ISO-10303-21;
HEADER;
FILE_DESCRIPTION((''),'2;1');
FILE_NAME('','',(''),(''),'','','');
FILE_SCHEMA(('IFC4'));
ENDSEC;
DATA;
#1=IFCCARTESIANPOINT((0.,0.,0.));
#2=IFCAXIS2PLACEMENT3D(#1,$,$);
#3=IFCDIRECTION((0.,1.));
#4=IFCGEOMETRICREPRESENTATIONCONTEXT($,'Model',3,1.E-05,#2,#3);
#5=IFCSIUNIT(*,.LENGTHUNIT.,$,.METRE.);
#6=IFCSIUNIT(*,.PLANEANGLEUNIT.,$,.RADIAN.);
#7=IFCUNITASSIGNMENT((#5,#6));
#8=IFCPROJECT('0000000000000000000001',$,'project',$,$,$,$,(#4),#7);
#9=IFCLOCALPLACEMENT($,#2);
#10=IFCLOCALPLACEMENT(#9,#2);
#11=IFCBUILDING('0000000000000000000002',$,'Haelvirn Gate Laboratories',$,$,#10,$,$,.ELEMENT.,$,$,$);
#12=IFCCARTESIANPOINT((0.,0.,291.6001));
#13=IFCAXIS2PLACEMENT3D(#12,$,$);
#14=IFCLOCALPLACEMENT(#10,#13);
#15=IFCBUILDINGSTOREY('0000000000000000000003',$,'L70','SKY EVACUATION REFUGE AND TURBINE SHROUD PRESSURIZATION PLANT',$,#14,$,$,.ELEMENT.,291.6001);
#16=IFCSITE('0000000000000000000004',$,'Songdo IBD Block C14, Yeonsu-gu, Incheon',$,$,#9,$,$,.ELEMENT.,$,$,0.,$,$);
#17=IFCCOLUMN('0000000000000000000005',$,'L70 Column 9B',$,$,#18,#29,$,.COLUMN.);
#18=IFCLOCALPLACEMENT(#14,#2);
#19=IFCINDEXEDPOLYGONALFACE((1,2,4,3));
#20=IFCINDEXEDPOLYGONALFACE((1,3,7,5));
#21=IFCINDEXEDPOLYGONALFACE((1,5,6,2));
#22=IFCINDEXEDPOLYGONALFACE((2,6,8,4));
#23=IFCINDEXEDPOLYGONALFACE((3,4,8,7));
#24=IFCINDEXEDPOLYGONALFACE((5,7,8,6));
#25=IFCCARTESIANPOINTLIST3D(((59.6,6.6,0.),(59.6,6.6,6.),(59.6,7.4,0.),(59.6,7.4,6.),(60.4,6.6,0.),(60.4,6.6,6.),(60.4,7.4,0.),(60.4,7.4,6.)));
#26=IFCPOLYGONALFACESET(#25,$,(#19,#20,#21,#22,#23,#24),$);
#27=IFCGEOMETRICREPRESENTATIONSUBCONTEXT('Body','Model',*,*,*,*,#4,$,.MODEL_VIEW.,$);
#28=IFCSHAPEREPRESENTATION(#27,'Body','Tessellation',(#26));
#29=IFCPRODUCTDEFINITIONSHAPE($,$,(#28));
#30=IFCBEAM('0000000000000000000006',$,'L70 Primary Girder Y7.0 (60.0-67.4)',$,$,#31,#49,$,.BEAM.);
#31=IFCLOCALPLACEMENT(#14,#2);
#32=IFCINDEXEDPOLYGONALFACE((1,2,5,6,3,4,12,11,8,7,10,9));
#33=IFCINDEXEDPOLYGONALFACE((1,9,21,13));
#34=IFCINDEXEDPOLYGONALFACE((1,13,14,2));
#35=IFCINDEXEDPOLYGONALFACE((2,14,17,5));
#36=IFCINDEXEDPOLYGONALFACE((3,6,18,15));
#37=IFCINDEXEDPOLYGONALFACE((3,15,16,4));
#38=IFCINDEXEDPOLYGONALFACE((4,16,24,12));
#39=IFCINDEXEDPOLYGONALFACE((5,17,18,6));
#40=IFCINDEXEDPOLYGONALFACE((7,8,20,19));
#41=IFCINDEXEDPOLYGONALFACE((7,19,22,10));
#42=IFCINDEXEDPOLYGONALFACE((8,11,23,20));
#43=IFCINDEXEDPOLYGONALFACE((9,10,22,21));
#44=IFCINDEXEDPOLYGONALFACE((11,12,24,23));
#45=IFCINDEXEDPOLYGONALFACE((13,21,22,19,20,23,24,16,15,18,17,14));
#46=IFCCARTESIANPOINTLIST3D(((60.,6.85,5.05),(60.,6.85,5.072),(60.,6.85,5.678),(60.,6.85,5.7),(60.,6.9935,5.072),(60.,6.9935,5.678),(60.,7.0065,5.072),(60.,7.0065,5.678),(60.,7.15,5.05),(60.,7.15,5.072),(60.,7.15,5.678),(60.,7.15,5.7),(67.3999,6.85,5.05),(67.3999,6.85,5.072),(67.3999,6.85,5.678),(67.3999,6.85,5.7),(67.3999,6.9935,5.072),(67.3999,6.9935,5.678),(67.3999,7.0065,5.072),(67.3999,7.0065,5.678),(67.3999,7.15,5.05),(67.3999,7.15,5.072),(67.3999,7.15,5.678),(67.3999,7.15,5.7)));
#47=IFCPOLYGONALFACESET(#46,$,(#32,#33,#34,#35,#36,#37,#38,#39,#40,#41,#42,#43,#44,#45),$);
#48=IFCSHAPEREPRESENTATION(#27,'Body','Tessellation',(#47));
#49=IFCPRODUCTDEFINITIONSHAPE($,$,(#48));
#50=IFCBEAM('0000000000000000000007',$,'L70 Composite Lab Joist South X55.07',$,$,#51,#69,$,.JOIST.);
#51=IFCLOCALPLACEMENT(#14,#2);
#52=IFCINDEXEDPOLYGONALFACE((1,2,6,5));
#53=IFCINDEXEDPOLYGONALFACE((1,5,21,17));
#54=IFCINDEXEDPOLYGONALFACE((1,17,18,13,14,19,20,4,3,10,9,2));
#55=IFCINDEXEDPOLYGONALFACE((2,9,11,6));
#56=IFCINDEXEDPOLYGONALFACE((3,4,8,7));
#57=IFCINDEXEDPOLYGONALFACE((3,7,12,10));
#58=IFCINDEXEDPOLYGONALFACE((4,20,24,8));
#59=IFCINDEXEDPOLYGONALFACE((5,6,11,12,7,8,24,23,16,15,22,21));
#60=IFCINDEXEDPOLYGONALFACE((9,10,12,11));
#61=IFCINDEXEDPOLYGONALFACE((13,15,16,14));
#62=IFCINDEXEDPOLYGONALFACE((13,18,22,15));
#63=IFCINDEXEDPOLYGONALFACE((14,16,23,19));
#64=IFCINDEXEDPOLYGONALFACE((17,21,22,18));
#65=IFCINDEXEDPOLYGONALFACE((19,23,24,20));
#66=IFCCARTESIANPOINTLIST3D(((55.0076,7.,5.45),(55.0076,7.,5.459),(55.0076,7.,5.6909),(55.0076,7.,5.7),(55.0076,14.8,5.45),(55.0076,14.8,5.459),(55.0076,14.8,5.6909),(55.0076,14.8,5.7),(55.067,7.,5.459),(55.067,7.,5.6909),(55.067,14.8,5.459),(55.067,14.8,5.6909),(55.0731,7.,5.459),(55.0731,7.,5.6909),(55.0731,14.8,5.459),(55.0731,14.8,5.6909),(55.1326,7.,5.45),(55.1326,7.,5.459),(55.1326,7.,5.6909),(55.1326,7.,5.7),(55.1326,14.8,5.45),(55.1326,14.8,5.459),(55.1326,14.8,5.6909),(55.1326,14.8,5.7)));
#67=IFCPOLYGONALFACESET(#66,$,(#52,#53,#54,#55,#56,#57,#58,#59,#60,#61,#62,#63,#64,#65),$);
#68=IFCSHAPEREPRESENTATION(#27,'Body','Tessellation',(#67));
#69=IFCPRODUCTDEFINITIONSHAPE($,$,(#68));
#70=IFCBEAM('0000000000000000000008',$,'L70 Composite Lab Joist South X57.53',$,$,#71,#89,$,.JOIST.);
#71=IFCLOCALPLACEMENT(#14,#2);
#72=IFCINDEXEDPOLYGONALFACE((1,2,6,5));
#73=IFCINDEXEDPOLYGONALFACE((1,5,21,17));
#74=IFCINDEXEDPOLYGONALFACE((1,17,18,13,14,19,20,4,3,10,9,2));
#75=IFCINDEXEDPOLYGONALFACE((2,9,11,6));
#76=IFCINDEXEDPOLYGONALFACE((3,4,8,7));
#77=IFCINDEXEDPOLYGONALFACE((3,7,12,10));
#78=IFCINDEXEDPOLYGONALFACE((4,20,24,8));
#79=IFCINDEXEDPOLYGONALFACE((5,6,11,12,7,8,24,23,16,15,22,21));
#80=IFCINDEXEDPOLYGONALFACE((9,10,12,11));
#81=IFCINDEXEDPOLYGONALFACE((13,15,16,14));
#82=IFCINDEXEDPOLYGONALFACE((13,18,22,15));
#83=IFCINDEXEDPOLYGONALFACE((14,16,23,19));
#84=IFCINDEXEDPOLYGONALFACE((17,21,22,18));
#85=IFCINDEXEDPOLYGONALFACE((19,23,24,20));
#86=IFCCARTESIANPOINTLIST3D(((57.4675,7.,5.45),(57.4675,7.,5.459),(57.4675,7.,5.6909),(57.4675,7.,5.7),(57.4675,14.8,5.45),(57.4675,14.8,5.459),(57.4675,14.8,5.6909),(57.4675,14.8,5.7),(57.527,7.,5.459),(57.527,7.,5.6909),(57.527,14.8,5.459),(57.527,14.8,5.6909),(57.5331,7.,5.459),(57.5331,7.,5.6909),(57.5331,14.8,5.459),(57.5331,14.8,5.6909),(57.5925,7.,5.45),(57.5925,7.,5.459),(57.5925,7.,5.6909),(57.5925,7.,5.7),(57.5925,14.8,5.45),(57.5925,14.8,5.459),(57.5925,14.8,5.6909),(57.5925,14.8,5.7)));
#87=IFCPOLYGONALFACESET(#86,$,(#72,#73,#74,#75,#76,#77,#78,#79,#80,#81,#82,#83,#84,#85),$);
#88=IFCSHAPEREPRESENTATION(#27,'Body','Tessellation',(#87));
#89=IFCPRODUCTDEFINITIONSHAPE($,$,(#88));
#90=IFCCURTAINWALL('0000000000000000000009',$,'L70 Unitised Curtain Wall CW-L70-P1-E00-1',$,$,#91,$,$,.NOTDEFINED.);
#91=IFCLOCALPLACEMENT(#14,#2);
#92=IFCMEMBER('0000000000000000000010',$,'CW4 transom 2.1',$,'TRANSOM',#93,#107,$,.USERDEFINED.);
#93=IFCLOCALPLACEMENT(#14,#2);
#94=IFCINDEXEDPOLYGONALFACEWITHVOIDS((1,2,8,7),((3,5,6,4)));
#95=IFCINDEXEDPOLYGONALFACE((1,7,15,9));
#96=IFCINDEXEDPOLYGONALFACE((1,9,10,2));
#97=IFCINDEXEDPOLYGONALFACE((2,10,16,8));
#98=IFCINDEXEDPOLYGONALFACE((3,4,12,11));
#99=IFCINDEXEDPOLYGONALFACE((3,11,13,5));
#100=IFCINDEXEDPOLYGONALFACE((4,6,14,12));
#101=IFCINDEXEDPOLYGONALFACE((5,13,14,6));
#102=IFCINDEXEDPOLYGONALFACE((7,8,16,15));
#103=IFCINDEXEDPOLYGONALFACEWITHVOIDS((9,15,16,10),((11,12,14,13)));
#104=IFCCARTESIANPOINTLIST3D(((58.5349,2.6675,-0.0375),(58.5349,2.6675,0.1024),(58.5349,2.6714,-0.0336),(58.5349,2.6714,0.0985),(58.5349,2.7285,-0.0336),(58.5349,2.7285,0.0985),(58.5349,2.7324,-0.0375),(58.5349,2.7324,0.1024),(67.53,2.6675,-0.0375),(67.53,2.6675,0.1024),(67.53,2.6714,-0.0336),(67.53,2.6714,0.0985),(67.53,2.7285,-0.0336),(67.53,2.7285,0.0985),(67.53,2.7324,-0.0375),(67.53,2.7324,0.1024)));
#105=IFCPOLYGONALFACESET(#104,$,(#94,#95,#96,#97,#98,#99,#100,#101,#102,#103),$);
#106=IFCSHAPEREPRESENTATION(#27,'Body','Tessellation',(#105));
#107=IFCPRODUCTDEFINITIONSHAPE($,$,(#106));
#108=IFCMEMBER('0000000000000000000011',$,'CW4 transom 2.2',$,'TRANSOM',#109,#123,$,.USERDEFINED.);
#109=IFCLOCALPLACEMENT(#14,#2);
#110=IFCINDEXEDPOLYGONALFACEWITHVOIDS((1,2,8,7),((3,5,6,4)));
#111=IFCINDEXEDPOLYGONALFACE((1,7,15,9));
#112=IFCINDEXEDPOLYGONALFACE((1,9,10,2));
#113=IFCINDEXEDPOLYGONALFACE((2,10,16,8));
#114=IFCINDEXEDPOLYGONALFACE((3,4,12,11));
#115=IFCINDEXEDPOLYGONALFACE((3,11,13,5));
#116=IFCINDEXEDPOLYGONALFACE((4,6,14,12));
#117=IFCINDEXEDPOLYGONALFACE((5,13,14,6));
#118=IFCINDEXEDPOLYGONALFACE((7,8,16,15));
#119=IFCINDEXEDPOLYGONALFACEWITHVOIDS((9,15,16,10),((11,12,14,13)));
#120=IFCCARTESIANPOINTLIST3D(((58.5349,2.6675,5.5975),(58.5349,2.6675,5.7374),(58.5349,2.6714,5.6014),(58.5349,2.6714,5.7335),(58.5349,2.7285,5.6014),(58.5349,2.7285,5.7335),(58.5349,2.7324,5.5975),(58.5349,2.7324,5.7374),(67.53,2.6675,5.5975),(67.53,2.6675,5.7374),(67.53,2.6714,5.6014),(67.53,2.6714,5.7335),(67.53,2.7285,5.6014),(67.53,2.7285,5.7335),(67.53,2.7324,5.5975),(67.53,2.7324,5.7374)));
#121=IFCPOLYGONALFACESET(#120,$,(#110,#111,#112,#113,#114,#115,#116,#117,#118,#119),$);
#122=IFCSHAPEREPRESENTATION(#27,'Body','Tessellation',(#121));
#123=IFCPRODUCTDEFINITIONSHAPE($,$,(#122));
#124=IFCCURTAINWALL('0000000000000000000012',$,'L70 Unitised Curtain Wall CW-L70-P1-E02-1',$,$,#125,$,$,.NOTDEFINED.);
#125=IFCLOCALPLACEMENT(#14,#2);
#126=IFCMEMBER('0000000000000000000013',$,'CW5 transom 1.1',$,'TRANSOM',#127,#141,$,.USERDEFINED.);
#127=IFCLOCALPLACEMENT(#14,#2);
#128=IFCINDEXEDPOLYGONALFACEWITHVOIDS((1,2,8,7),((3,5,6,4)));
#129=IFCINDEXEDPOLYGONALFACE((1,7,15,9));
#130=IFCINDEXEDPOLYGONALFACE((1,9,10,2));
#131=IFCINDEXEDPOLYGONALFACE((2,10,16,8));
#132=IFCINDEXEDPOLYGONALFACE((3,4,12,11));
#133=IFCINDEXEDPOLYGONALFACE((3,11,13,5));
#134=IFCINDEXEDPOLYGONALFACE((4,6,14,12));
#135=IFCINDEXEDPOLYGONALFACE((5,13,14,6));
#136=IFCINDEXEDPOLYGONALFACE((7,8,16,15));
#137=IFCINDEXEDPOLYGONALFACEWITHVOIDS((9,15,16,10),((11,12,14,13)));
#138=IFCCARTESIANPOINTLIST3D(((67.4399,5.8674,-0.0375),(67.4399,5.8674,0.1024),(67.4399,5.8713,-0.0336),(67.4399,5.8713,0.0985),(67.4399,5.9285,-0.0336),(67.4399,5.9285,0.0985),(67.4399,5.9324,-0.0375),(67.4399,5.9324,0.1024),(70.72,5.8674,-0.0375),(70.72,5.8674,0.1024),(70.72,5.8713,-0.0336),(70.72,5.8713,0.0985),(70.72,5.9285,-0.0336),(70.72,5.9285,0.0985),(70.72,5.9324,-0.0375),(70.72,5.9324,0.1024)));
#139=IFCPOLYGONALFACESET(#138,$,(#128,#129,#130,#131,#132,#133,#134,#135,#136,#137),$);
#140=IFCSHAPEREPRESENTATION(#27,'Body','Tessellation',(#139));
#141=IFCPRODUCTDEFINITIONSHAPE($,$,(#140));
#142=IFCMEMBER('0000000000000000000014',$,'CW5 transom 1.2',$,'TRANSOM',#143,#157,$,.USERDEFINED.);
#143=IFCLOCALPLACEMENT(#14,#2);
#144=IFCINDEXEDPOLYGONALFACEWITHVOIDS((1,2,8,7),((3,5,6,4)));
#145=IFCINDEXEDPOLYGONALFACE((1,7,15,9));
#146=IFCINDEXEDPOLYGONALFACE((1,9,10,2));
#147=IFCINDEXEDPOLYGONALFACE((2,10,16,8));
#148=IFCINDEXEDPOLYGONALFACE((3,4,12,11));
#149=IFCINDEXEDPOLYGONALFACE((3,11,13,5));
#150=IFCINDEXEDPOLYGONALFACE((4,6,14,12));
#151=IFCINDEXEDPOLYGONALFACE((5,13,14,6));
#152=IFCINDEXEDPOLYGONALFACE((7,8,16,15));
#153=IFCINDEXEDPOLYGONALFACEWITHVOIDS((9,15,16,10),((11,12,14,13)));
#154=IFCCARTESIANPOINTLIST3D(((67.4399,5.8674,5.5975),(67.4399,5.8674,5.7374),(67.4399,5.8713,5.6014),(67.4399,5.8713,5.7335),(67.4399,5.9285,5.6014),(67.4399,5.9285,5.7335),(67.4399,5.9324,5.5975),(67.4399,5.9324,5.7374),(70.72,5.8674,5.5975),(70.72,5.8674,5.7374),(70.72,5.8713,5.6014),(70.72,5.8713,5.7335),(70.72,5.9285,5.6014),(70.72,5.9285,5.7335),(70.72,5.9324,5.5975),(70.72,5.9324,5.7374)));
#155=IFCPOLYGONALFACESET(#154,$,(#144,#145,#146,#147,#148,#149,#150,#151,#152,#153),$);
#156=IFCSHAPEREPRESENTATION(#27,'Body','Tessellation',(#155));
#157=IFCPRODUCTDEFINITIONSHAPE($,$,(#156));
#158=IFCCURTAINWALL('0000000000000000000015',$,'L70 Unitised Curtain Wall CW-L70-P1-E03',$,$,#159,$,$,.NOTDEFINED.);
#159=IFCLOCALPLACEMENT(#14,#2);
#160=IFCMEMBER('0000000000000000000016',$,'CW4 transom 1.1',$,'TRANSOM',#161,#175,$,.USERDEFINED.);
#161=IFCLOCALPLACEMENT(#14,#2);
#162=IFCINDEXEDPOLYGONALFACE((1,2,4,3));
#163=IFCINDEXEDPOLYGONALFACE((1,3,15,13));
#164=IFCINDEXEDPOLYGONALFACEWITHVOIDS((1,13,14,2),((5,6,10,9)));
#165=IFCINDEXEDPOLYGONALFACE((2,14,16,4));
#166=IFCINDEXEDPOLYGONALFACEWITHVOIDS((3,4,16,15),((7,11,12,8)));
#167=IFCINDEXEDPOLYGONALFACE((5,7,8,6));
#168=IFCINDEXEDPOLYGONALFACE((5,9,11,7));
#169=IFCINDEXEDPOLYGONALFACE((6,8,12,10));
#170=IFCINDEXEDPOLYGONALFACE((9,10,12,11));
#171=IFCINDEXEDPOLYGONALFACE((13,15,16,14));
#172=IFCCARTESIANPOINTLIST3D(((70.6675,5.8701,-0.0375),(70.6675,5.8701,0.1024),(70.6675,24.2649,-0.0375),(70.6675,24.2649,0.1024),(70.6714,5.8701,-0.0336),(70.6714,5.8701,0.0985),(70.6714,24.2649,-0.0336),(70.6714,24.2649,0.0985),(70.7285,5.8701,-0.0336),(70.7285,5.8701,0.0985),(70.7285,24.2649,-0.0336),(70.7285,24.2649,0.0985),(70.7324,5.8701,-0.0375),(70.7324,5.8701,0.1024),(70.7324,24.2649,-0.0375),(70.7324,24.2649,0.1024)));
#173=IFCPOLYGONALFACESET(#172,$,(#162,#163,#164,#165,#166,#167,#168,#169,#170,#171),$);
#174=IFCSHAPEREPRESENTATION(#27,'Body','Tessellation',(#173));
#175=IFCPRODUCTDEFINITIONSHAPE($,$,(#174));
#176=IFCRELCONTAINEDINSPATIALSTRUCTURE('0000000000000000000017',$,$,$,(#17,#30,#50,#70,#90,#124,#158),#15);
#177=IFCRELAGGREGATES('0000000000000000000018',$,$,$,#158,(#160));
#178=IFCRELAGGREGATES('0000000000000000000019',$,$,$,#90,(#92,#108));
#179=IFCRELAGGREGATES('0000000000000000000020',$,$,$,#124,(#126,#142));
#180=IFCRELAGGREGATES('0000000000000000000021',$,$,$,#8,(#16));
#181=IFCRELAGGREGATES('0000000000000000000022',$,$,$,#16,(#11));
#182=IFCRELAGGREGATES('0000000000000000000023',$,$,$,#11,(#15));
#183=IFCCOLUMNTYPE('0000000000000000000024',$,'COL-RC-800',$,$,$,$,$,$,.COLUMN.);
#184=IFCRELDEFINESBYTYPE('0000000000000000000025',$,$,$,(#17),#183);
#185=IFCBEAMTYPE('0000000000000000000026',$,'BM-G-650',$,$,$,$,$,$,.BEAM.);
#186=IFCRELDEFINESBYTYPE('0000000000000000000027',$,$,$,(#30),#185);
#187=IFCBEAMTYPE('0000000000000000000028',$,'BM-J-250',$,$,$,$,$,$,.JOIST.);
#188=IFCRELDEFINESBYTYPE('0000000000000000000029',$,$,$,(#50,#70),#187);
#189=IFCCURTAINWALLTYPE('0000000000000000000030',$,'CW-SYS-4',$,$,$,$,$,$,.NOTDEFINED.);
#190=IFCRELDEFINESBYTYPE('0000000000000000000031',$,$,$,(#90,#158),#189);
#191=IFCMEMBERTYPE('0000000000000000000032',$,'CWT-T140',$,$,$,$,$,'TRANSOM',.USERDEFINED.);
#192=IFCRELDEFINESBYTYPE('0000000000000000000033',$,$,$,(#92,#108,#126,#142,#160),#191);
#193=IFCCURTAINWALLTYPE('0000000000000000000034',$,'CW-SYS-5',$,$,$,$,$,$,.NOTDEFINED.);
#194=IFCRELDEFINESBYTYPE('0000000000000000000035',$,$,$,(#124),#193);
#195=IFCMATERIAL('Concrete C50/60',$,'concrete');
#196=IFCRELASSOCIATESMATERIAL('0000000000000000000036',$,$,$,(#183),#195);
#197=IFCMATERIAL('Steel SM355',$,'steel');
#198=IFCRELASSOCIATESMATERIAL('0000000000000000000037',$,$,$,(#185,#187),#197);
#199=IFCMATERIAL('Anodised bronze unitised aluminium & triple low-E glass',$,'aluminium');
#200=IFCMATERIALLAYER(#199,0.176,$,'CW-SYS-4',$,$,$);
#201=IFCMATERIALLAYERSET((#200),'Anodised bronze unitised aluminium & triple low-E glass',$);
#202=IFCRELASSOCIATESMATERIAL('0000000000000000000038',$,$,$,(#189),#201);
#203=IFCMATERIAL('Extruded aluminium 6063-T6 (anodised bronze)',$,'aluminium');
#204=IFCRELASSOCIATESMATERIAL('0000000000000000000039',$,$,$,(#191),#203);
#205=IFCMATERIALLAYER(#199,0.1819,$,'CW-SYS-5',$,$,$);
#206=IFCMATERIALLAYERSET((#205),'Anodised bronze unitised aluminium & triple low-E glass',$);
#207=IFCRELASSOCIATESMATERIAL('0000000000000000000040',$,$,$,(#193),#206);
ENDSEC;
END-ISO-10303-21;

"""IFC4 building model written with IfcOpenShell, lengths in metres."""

from ifc_helpers import new_model, si_unit, direction, frame, origin, origin_2d, place, context, subcontext, project, spatial, rectangle, hollow_rectangle, i_section, extrude, source, transform, mapped, material, layer, layer_set, material_profile, profile_set, type_object, type_shapes, element, aggregate, save


model = new_model("IFC4")

# Units and contexts
model_context = context("Model", 3, precision=1e-05, world=origin(), true_north=direction((0.0, 1.0)))
body_context = subcontext(model_context, "Body", "Model", "MODEL_VIEW")
ifc_project = project(units=[si_unit("LENGTHUNIT", "METRE"), si_unit("PLANEANGLEUNIT", "RADIAN")], contexts=[model_context])

# Site, building, storey
site_placement = place(None, origin())
site = spatial("IfcSite", under=ifc_project, at=site_placement, Name="Songdo IBD Block C14, Yeonsu-gu, Incheon", CompositionType="ELEMENT", RefElevation=0.0)
building_placement = place(site_placement, origin())
building = spatial("IfcBuilding", under=site, at=building_placement, Name="Haelvirn Gate Laboratories", CompositionType="ELEMENT")
storey_placement = place(building_placement, frame((0.0, 0.0, 291.6001)))
storey = spatial("IfcBuildingStorey", under=building, at=storey_placement, Name="L70", Description="SKY EVACUATION REFUGE AND TURBINE SHROUD PRESSURIZATION PLANT", CompositionType="ELEMENT", Elevation=291.6001)

# Column
ifc_material_1 = material(Name="Concrete C50/60", Category="concrete")
ifc_material_profile_1 = material_profile(ifc_material_1, rectangle(XDim=0.8, YDim=0.8, at=origin_2d()), Name="RC-800x800")
ifc_profile_set_1 = profile_set([ifc_material_profile_1], Name="Concrete C50/60")
column_type = type_object("IfcColumnType", Name="COL-RC-800", PredefinedType="COLUMN", material=ifc_profile_set_1)
shared_shape_1 = source(origin(), body_context, "Body", "SweptSolid", [
    extrude(rectangle(XDim=0.8, YDim=0.8, at=origin_2d()), origin(), (0.0, 0.0, 1.0), 6.0),
])
type_shapes(column_type, [shared_shape_1])
column_placement = place(storey_placement, frame((60.0, 7.0, 0.0), z_axis=(0.0, 0.0, 1.0), x_axis=(1.0, 0.0, 0.0)))
element("IfcColumn", 1, at=column_placement, inside=storey, type_object=column_type, Name="L70 Column 9B", PredefinedType="COLUMN", context=body_context, shape_type="MappedRepresentation", body=[
    mapped(shared_shape_1, transform((0.0, 0.0, 0.0), scale=1.0)),
])

# Beams
ifc_material_2 = material(Name="Steel SM355", Category="steel")
ifc_material_profile_2 = material_profile(ifc_material_2, i_section(OverallWidth=0.3, OverallDepth=0.6499, WebThickness=0.0129, FlangeThickness=0.022, at=origin_2d()), Name="H-650x300x13x22")
ifc_profile_set_2 = profile_set([ifc_material_profile_2], Name="Steel SM355")
beam_type_1 = type_object("IfcBeamType", Name="BM-G-650", PredefinedType="BEAM", material=ifc_profile_set_2)
shared_shape_2 = source(origin(), body_context, "Body", "SweptSolid", [
    extrude(i_section(OverallWidth=0.3, OverallDepth=0.6499, WebThickness=0.0129, FlangeThickness=0.022, at=origin_2d()), origin(), (0.0, 0.0, 1.0), 7.3999),
])
type_shapes(beam_type_1, [shared_shape_2])
beam_placement = place(storey_placement, frame((60.0, 7.0, 5.375), z_axis=(1.0, 0.0, 0.0), x_axis=(0.0, 1.0, 0.0)))
element("IfcBeam", 2, at=beam_placement, inside=storey, type_object=beam_type_1, Name="L70 Primary Girder Y7.0 (60.0-67.4)", PredefinedType="BEAM", context=body_context, shape_type="MappedRepresentation", body=[
    mapped(shared_shape_2, transform((0.0, 0.0, 0.0), scale=1.0)),
])
ifc_material_profile_3 = material_profile(ifc_material_2, i_section(OverallWidth=0.125, OverallDepth=0.25, WebThickness=0.0061, FlangeThickness=0.009, at=origin_2d()), Name="H-250x125x6x9")
ifc_profile_set_3 = profile_set([ifc_material_profile_3], Name="Steel SM355")
beam_type_2 = type_object("IfcBeamType", Name="BM-J-250", PredefinedType="JOIST", material=ifc_profile_set_3)
shared_shape_3 = source(origin(), body_context, "Body", "SweptSolid", [
    extrude(i_section(OverallWidth=0.125, OverallDepth=0.25, WebThickness=0.0061, FlangeThickness=0.009, at=origin_2d()), origin(), (0.0, 0.0, 1.0), 7.8),
])
type_shapes(beam_type_2, [shared_shape_3])
for number, where, z_axis, x_axis, name in (
    (3, (55.0701, 7.0, 5.575), (0.0, 1.0, 0.0), (-1.0, 0.0, 0.0), "L70 Composite Lab Joist South X55.07"),
    (4, (57.53, 7.0, 5.575), (0.0, 1.0, 0.0), (-1.0, 0.0, 0.0), "L70 Composite Lab Joist South X57.53"),
):
    element("IfcBeam", number, at=place(storey_placement, frame(where, z_axis=z_axis, x_axis=x_axis)), inside=storey, type_object=beam_type_2, Name=name, PredefinedType="JOIST", context=body_context, shape_type="MappedRepresentation", body=[
        mapped(shared_shape_3, transform((0.0, 0.0, 0.0), scale=1.0)),
    ])

# Curtain walls, members
ifc_material_3 = material(Name="Anodised bronze unitised aluminium & triple low-E glass", Category="aluminium")
ifc_layer_1 = layer(ifc_material_3, 0.176, Name="CW-SYS-4")
ifc_layer_set_1 = layer_set([ifc_layer_1], Name="Anodised bronze unitised aluminium & triple low-E glass")
curtain_wall_type_1 = type_object("IfcCurtainWallType", Name="CW-SYS-4", PredefinedType="NOTDEFINED", material=ifc_layer_set_1)
curtain_wall_1_placement = place(storey_placement, origin())
curtain_wall_1 = element("IfcCurtainWall", 5, at=curtain_wall_1_placement, inside=storey, type_object=curtain_wall_type_1, Name="L70 Unitised Curtain Wall CW-L70-P1-E00-1", PredefinedType="NOTDEFINED")
ifc_material_4 = material(Name="Extruded aluminium 6063-T6 (anodised bronze)", Category="aluminium")
ifc_material_profile_4 = material_profile(ifc_material_4, hollow_rectangle(XDim=0.0649, YDim=0.1399, WallThickness=0.0039, at=origin_2d()), Name="CWT-140x65x4")
ifc_profile_set_4 = profile_set([ifc_material_profile_4], Name="Extruded aluminium 6063-T6 (anodised bronze)")
member_type_1 = type_object("IfcMemberType", Name="CWT-T140", ElementType="TRANSOM", PredefinedType="USERDEFINED", material=ifc_profile_set_4)
shared_shape_4 = source(origin(), body_context, "Body", "SweptSolid", [
    extrude(hollow_rectangle(XDim=0.0649, YDim=0.1399, WallThickness=0.0039, at=origin_2d()), origin(), (0.0, 0.0, 1.0), 8.9951),
])
member_1_placement = place(storey_placement, frame((58.5349, 2.7, 0.0325), z_axis=(1.0, 0.0, 0.0), x_axis=(0.0, 1.0, 0.0)))
member_1 = element("IfcMember", 6, at=member_1_placement, type_object=member_type_1, Name="CW4 transom 2.1", ObjectType="TRANSOM", PredefinedType="USERDEFINED", context=body_context, shape_type="MappedRepresentation", body=[
    mapped(shared_shape_4, transform((0.0, 0.0, 0.0), scale=1.0)),
])
member_2_placement = place(storey_placement, frame((58.5349, 2.7, 5.6675), z_axis=(1.0, 0.0, 0.0), x_axis=(0.0, 1.0, 0.0)))
member_2 = element("IfcMember", 7, at=member_2_placement, type_object=member_type_1, Name="CW4 transom 2.2", ObjectType="TRANSOM", PredefinedType="USERDEFINED", context=body_context, shape_type="MappedRepresentation", body=[
    mapped(shared_shape_4, transform((0.0, 0.0, 0.0), scale=1.0)),
])
ifc_layer_2 = layer(ifc_material_3, 0.1819, Name="CW-SYS-5")
ifc_layer_set_2 = layer_set([ifc_layer_2], Name="Anodised bronze unitised aluminium & triple low-E glass")
curtain_wall_type_2 = type_object("IfcCurtainWallType", Name="CW-SYS-5", PredefinedType="NOTDEFINED", material=ifc_layer_set_2)
curtain_wall_2_placement = place(storey_placement, origin())
curtain_wall_2 = element("IfcCurtainWall", 8, at=curtain_wall_2_placement, inside=storey, type_object=curtain_wall_type_2, Name="L70 Unitised Curtain Wall CW-L70-P1-E02-1", PredefinedType="NOTDEFINED")
shared_shape_5 = source(origin(), body_context, "Body", "SweptSolid", [
    extrude(hollow_rectangle(XDim=0.0649, YDim=0.1399, WallThickness=0.0039, at=origin_2d()), origin(), (0.0, 0.0, 1.0), 3.28),
])
member_3_placement = place(storey_placement, frame((67.4399, 5.8999, 0.0325), z_axis=(1.0, 0.0, 0.0), x_axis=(0.0, 1.0, 0.0)))
member_3 = element("IfcMember", 9, at=member_3_placement, type_object=member_type_1, Name="CW5 transom 1.1", ObjectType="TRANSOM", PredefinedType="USERDEFINED", context=body_context, shape_type="MappedRepresentation", body=[
    mapped(shared_shape_5, transform((0.0, 0.0, 0.0), scale=1.0)),
])
member_4_placement = place(storey_placement, frame((67.4399, 5.8999, 5.6675), z_axis=(1.0, 0.0, 0.0), x_axis=(0.0, 1.0, 0.0)))
member_4 = element("IfcMember", 10, at=member_4_placement, type_object=member_type_1, Name="CW5 transom 1.2", ObjectType="TRANSOM", PredefinedType="USERDEFINED", context=body_context, shape_type="MappedRepresentation", body=[
    mapped(shared_shape_5, transform((0.0, 0.0, 0.0), scale=1.0)),
])
curtain_wall_3_placement = place(storey_placement, origin())
curtain_wall_3 = element("IfcCurtainWall", 11, at=curtain_wall_3_placement, inside=storey, type_object=curtain_wall_type_1, Name="L70 Unitised Curtain Wall CW-L70-P1-E03", PredefinedType="NOTDEFINED")
shared_shape_6 = source(origin(), body_context, "Body", "SweptSolid", [
    extrude(hollow_rectangle(XDim=0.0649, YDim=0.1399, WallThickness=0.0039, at=origin_2d()), origin(), (0.0, 0.0, 1.0), 18.3948),
])
type_shapes(member_type_1, [shared_shape_4, shared_shape_5, shared_shape_6])
member_5_placement = place(storey_placement, frame((70.7, 5.8701, 0.0325), z_axis=(0.0, 1.0, 0.0), x_axis=(-1.0, 0.0, 0.0)))
member_5 = element("IfcMember", 12, at=member_5_placement, type_object=member_type_1, Name="CW4 transom 1.1", ObjectType="TRANSOM", PredefinedType="USERDEFINED", context=body_context, shape_type="MappedRepresentation", body=[
    mapped(shared_shape_6, transform((0.0, 0.0, 0.0), scale=1.0)),
])

aggregate(curtain_wall_3, [member_5])

aggregate(curtain_wall_1, [member_1, member_2])
aggregate(curtain_wall_2, [member_3, member_4])

save(model, "model.ifc")
